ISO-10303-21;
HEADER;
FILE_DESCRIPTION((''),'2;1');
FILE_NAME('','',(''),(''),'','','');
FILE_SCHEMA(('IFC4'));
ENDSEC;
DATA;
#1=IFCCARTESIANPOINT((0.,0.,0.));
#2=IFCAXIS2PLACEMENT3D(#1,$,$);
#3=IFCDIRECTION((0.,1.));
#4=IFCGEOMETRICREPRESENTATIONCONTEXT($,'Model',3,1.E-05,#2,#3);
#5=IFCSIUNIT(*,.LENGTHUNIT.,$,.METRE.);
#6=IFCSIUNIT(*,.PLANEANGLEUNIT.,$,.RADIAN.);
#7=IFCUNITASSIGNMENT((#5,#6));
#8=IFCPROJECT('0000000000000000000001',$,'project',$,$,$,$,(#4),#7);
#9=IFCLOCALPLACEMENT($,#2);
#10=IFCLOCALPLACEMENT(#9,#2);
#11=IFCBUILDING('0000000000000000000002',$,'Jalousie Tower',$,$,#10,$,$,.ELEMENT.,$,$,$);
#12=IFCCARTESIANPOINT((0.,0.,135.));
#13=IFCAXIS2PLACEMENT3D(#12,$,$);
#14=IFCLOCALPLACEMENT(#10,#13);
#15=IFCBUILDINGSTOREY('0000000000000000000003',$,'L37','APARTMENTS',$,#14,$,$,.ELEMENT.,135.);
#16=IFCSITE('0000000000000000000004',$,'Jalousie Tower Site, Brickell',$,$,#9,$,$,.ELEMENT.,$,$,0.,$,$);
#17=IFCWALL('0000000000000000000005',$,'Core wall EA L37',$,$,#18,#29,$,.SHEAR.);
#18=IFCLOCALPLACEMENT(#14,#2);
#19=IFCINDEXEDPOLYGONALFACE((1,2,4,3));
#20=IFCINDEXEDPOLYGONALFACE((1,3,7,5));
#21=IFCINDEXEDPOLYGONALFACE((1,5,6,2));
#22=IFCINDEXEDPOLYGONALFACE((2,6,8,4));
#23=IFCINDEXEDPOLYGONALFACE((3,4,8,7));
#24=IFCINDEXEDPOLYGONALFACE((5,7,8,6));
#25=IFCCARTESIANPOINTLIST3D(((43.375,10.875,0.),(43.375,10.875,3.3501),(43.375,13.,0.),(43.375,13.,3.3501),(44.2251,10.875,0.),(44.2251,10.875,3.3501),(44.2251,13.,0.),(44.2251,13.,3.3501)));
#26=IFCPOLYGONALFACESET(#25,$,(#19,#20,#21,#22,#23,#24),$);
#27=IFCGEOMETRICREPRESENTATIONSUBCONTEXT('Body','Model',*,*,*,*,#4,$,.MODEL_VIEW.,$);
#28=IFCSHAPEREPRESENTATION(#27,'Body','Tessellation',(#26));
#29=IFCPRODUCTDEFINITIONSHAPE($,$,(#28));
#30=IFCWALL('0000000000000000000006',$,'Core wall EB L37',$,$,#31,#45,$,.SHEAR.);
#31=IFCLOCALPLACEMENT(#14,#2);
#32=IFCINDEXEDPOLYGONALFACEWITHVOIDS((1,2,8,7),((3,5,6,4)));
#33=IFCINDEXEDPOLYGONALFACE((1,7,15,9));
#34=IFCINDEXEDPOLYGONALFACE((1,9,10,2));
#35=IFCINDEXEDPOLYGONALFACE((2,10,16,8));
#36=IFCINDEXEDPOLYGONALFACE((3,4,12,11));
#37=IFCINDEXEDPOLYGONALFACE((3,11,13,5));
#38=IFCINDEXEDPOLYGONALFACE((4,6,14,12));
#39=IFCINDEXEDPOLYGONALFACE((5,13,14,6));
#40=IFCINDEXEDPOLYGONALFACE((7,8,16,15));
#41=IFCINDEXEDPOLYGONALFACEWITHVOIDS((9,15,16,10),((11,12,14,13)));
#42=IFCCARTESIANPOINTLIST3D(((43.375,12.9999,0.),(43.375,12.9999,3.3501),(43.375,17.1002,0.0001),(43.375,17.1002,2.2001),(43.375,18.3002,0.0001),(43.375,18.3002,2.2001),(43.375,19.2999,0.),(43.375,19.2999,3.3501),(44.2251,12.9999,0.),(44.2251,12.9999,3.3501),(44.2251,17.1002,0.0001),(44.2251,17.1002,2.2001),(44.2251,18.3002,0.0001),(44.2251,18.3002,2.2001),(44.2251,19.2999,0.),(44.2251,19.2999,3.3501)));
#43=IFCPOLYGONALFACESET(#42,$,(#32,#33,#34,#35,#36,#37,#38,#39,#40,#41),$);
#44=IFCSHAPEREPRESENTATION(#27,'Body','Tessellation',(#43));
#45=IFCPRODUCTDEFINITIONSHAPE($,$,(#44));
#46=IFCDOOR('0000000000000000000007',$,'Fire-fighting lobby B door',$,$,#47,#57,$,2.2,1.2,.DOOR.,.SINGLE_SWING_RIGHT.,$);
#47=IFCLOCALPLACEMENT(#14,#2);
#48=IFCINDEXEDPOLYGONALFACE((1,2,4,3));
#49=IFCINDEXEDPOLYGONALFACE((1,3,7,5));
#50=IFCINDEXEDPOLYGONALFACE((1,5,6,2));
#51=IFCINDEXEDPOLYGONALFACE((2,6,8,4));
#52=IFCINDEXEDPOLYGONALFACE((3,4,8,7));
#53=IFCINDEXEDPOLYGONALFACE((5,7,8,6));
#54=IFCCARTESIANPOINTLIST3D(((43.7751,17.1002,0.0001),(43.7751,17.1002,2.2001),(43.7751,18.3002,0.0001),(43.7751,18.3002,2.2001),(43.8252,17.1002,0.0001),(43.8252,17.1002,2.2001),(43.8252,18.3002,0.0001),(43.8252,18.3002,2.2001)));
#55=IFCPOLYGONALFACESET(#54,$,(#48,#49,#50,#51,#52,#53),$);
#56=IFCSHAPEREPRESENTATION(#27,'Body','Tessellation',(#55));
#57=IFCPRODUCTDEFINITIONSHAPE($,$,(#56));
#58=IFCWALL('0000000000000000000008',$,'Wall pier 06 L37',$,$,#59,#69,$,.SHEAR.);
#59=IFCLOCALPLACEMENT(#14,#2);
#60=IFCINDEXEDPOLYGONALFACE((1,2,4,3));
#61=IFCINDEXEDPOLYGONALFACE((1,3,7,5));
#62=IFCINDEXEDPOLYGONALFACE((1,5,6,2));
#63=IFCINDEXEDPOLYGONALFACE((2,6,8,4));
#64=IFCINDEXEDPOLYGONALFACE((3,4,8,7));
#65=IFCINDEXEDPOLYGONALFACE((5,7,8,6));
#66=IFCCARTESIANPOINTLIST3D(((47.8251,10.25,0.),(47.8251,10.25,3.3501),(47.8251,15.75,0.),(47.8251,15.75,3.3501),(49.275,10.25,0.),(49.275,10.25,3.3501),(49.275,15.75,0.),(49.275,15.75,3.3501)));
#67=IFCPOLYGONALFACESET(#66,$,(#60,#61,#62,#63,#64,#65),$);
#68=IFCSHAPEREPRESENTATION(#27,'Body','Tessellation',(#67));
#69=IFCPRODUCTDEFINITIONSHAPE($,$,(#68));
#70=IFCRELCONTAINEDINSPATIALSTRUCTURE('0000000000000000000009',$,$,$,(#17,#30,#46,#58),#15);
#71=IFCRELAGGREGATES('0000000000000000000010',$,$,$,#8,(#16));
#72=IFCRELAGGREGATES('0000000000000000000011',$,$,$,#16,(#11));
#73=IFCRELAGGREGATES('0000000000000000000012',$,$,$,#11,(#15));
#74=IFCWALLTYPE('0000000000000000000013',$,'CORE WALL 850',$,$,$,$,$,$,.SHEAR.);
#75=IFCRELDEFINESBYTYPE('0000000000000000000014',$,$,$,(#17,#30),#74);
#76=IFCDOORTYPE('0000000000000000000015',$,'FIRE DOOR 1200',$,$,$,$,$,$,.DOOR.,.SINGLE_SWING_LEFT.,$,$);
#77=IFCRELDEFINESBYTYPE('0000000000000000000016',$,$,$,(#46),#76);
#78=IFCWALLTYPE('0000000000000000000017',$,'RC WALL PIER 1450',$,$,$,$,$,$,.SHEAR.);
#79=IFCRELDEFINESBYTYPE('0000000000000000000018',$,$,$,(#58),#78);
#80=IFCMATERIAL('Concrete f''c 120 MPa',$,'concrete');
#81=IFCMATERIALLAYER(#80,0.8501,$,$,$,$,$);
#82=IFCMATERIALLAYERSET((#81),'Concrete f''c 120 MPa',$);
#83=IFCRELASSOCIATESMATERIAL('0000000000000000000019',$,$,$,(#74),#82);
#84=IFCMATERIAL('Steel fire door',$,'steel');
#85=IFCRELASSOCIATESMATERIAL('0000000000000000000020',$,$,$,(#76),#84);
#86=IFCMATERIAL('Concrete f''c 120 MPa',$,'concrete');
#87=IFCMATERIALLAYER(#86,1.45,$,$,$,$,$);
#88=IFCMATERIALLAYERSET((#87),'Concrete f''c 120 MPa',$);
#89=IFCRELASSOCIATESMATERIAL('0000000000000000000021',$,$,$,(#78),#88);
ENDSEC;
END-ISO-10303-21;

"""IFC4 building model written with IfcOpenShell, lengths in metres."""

from ifc_helpers import new_model, si_unit, direction, frame, frame_2d, origin, place, context, subcontext, project, spatial, rectangle, extrude, material, layer, layer_set, type_object, element, fill, save


model = new_model("IFC4")

# Units and contexts
model_context = context("Model", 3, precision=1e-05, world=origin(), true_north=direction((0.0, 1.0)))
body_context = subcontext(model_context, "Body", "Model", "MODEL_VIEW")
ifc_project = project(units=[si_unit("LENGTHUNIT", "METRE"), si_unit("PLANEANGLEUNIT", "RADIAN")], contexts=[model_context])

# Site, building, storey
site_placement = place(None, origin())
site = spatial("IfcSite", under=ifc_project, at=site_placement, Name="Jalousie Tower Site, Brickell", CompositionType="ELEMENT", RefElevation=0.0)
building_placement = place(site_placement, origin())
building = spatial("IfcBuilding", under=site, at=building_placement, Name="Jalousie Tower", CompositionType="ELEMENT")
storey_placement = place(building_placement, frame((0.0, 0.0, 135.0)))
storey = spatial("IfcBuildingStorey", under=building, at=storey_placement, Name="L37", Description="APARTMENTS", CompositionType="ELEMENT", Elevation=135.0)

# Wall
ifc_material_1 = material(Name="Concrete f'c 120 MPa", Category="concrete")
ifc_layer_1 = layer(ifc_material_1, 0.8501)
ifc_layer_set_1 = layer_set([ifc_layer_1], Name="Concrete f'c 120 MPa")
wall_type_1 = type_object("IfcWallType", Name="CORE WALL 850", PredefinedType="SHEAR", material=ifc_layer_set_1)
wall_1_placement = place(storey_placement, frame((43.8, 10.875, 0.0), z_axis=(0.0, 0.0, 1.0), x_axis=(0.0, 1.0, 0.0)))
element("IfcWall", 1, at=wall_1_placement, inside=storey, type_object=wall_type_1, Name="Core wall EA L37", PredefinedType="SHEAR", context=body_context, shape_type="SweptSolid", body=[
    extrude(rectangle(XDim=2.125, YDim=0.8501, at=frame_2d((1.0625, 0.0))), origin(), (0.0, 0.0, 1.0), 3.3501),
])

# Wall, opening, door
wall_2_placement = place(storey_placement, frame((43.8, 13.0, 0.0), z_axis=(0.0, 0.0, 1.0), x_axis=(0.0, 1.0, 0.0)))
wall_2 = element("IfcWall", 2, at=wall_2_placement, inside=storey, type_object=wall_type_1, Name="Core wall EB L37", PredefinedType="SHEAR", context=body_context, shape_type="SweptSolid", body=[
    extrude(rectangle(XDim=6.3, YDim=0.8501, at=frame_2d((3.1499, 0.0))), origin(), (0.0, 0.0, 1.0), 3.3501),
])
opening_placement = place(wall_2_placement, frame((4.1001, 0.0, 0.0)))
opening = element("IfcOpeningElement", 3, at=opening_placement, cuts=wall_2, PredefinedType="OPENING", context=body_context, shape_type="SweptSolid", body=[
    extrude(rectangle(XDim=1.2, YDim=2.2, at=frame_2d((0.6001, 1.1001))), frame((0.0, 0.4351, 0.0), z_axis=(0.0, -1.0, 0.0), x_axis=(1.0, 0.0, 0.0)), (0.0, 0.0, 1.0), 0.8701),
])
ifc_material_2 = material(Name="Steel fire door", Category="steel")
door_type = type_object("IfcDoorType", Name="FIRE DOOR 1200", OperationType="SINGLE_SWING_LEFT", PredefinedType="DOOR", material=ifc_material_2)
door_placement = place(opening_placement, origin())
door = element("IfcDoor", 4, at=door_placement, inside=storey, type_object=door_type, Name="Fire-fighting lobby B door", OperationType="SINGLE_SWING_RIGHT", OverallHeight=2.2, OverallWidth=1.2, PredefinedType="DOOR", context=body_context, shape_type="SweptSolid", body=[
    extrude(rectangle(XDim=1.2, YDim=2.2, at=frame_2d((0.6001, 1.1001))), frame((0.0, 0.0249, 0.0), z_axis=(0.0, -1.0, 0.0), x_axis=(1.0, 0.0, 0.0)), (0.0, 0.0, 1.0), 0.05),
])
fill(opening, door)

# Wall
ifc_material_3 = material(Name="Concrete f'c 120 MPa", Category="concrete")
ifc_layer_2 = layer(ifc_material_3, 1.45)
ifc_layer_set_2 = layer_set([ifc_layer_2], Name="Concrete f'c 120 MPa")
wall_type_2 = type_object("IfcWallType", Name="RC WALL PIER 1450", PredefinedType="SHEAR", material=ifc_layer_set_2)
wall_3_placement = place(storey_placement, frame((48.55, 10.25, 0.0), z_axis=(0.0, 0.0, 1.0), x_axis=(0.0, 1.0, 0.0)))
element("IfcWall", 5, at=wall_3_placement, inside=storey, type_object=wall_type_2, Name="Wall pier 06 L37", PredefinedType="SHEAR", context=body_context, shape_type="SweptSolid", body=[
    extrude(rectangle(XDim=5.5, YDim=1.45, at=frame_2d((2.75, 0.0))), origin(), (0.0, 0.0, 1.0), 3.3501),
])

save(model, "model.ifc")
